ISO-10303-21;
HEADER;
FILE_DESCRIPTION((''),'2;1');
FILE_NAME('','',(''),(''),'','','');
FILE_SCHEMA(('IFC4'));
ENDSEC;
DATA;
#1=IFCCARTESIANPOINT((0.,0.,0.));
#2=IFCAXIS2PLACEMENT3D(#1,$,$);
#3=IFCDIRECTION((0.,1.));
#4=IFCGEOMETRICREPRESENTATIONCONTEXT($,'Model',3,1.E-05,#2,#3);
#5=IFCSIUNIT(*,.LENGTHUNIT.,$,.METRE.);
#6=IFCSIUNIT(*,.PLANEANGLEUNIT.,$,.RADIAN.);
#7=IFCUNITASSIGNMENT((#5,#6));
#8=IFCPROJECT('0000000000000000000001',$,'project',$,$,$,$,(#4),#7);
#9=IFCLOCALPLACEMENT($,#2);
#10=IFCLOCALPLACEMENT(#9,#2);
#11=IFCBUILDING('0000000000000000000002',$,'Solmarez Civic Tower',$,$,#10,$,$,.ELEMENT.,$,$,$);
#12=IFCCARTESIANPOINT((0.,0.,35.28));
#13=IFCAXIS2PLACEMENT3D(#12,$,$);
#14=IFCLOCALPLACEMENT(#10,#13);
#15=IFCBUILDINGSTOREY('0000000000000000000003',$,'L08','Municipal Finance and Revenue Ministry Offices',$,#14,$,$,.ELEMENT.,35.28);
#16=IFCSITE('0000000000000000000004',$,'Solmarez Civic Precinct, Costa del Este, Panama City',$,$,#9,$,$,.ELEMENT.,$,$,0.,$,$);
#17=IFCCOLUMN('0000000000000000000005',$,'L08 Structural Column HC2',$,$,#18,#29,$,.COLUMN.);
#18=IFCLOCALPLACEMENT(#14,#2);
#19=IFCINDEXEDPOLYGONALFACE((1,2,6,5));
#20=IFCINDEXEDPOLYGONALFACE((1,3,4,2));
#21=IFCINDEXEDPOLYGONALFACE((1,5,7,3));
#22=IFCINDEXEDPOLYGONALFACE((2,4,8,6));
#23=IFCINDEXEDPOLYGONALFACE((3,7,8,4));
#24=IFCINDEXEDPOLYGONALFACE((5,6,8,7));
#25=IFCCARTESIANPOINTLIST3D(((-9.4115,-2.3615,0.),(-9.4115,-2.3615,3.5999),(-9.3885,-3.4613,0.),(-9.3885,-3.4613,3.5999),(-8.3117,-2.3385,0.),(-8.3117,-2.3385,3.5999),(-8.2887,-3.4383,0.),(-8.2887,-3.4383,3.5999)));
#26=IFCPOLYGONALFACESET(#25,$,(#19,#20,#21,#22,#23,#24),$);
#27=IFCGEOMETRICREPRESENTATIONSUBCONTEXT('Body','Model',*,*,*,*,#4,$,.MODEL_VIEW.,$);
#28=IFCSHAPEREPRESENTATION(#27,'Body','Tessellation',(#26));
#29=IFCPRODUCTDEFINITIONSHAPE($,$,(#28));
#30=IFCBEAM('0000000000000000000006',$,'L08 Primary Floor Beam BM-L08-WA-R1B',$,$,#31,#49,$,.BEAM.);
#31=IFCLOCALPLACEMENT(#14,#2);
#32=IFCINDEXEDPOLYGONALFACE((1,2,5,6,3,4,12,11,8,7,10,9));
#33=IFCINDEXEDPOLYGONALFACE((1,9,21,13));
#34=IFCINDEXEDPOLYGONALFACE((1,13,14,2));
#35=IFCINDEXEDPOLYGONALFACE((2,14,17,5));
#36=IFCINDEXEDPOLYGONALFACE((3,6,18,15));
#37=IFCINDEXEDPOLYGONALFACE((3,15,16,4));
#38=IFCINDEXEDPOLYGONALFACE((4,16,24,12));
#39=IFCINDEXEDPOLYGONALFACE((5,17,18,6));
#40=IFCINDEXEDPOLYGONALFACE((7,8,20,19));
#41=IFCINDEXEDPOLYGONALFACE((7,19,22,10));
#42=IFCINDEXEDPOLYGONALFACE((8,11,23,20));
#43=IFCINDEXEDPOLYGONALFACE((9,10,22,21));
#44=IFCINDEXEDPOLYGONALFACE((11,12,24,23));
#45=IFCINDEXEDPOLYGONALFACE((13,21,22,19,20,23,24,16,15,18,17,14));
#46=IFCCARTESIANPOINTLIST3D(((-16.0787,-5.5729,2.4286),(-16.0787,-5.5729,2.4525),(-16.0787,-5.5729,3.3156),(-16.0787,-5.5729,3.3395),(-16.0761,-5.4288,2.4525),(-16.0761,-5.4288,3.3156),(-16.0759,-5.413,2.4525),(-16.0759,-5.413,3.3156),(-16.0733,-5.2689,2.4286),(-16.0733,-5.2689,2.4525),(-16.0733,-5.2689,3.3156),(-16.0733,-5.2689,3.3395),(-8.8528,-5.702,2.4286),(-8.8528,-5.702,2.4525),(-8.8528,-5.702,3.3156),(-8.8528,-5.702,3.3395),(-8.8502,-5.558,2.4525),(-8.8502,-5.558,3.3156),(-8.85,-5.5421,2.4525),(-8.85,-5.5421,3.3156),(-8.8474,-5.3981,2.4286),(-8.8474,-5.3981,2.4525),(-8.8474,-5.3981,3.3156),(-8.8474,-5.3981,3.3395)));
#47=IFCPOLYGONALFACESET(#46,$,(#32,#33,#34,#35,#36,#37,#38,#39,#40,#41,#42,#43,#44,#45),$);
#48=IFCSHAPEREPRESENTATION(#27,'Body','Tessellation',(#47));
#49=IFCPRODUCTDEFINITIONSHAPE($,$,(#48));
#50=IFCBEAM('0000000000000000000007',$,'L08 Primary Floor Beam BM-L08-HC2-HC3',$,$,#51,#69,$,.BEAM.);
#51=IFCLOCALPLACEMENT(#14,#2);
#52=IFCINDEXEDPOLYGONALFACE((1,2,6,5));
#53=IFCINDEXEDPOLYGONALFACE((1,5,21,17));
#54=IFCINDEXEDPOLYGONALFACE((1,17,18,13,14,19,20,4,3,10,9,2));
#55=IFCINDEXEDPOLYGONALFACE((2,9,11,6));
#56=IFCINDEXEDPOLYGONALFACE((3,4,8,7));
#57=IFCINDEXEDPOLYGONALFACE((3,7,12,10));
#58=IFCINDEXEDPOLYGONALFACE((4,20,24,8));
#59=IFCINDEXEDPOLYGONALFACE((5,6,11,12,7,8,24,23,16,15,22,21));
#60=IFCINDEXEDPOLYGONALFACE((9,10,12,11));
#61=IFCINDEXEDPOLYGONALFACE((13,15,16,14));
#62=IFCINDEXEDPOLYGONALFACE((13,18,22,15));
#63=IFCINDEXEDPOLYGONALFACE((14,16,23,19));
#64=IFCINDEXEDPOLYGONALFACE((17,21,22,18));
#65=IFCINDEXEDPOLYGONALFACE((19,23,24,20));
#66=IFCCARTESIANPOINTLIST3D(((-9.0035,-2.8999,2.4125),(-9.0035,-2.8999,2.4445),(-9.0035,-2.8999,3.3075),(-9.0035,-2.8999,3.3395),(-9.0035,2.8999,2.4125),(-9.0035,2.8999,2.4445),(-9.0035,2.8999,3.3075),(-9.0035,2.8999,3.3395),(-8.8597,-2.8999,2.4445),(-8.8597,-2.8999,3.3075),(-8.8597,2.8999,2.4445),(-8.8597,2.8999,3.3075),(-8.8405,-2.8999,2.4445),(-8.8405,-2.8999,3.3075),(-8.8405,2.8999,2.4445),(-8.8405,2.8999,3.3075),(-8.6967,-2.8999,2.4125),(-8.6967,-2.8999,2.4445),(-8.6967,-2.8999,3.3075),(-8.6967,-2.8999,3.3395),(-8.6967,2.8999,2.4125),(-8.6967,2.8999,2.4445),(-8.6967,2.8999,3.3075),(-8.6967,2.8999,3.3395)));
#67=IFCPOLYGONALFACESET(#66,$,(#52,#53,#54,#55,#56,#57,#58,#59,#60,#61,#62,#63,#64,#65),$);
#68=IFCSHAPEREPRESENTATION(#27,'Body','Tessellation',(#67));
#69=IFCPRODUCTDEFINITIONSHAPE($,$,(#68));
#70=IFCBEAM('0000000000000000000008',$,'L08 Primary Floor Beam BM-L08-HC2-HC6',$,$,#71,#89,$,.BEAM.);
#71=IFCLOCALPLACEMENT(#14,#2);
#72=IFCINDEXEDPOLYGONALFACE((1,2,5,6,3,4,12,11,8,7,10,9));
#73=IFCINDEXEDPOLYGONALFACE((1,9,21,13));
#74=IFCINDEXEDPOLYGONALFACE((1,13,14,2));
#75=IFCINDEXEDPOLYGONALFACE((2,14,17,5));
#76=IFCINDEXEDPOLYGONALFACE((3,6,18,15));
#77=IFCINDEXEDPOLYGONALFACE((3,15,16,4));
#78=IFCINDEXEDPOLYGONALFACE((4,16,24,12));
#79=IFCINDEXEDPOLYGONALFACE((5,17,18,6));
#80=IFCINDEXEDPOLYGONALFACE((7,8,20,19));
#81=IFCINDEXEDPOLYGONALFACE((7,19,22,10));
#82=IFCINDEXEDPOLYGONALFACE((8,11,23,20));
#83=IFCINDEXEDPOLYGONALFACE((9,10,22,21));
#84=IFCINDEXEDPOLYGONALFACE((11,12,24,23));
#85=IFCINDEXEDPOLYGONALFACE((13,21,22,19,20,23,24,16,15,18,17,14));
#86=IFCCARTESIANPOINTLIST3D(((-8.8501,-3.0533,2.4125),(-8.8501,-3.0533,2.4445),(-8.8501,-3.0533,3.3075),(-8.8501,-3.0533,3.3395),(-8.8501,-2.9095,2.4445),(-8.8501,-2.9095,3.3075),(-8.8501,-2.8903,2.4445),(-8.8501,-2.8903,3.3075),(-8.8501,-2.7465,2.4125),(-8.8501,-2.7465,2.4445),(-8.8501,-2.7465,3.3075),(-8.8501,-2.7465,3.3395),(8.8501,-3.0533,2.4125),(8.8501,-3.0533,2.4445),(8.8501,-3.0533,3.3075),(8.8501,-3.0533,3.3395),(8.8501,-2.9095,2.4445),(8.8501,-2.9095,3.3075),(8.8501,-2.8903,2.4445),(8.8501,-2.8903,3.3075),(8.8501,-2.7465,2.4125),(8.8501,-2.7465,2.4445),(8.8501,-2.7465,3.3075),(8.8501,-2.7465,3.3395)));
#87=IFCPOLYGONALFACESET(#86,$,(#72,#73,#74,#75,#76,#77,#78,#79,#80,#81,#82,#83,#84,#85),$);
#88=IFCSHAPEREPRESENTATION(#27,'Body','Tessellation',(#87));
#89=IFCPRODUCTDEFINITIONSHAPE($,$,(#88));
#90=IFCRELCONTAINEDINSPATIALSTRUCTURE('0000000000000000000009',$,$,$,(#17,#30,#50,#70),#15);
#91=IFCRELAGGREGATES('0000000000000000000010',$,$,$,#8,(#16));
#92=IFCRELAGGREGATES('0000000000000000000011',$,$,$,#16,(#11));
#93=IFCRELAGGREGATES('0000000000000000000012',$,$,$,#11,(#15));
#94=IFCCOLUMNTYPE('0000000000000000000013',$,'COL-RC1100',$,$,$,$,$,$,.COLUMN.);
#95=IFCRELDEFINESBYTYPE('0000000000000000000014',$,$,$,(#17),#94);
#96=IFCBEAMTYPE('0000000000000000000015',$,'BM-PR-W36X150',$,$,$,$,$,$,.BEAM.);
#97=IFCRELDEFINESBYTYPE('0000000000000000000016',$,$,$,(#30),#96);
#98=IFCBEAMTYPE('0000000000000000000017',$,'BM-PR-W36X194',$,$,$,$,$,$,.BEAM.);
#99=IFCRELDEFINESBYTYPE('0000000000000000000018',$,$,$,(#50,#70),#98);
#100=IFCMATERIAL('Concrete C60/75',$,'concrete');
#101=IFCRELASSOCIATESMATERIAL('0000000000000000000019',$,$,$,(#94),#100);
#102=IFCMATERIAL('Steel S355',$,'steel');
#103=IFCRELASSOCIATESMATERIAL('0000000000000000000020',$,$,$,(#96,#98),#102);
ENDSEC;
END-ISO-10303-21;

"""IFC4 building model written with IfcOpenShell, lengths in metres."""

from ifc_helpers import new_model, si_unit, direction, frame, origin, origin_2d, place, context, subcontext, project, spatial, rectangle, i_section, extrude, material, material_profile, profile_set, type_object, element, save


model = new_model("IFC4")

# Units and contexts
model_context = context("Model", 3, precision=1e-05, world=origin(), true_north=direction((0.0, 1.0)))
body_context = subcontext(model_context, "Body", "Model", "MODEL_VIEW")
ifc_project = project(units=[si_unit("LENGTHUNIT", "METRE"), si_unit("PLANEANGLEUNIT", "RADIAN")], contexts=[model_context])

# Site, building, storey
site_placement = place(None, origin())
site = spatial("IfcSite", under=ifc_project, at=site_placement, Name="Solmarez Civic Precinct, Costa del Este, Panama City", CompositionType="ELEMENT", RefElevation=0.0)
building_placement = place(site_placement, origin())
building = spatial("IfcBuilding", under=site, at=building_placement, Name="Solmarez Civic Tower", CompositionType="ELEMENT")
storey_placement = place(building_placement, frame((0.0, 0.0, 35.28)))
storey = spatial("IfcBuildingStorey", under=building, at=storey_placement, Name="L08", Description="Municipal Finance and Revenue Ministry Offices", CompositionType="ELEMENT", Elevation=35.28)

# Column
ifc_material_1 = material(Name="Concrete C60/75", Category="concrete")
ifc_material_profile_1 = material_profile(ifc_material_1, rectangle(XDim=1.1001, YDim=1.1001, at=origin_2d()), Name="RC1100X1100")
ifc_profile_set_1 = profile_set([ifc_material_profile_1], Name="Concrete C60/75")
column_type = type_object("IfcColumnType", Name="COL-RC1100", PredefinedType="COLUMN", material=ifc_profile_set_1)
column_placement = place(storey_placement, frame((-8.8501, -2.8999, 0.0), z_axis=(0.0, 0.0, 1.0), x_axis=(0.999781, 0.020942, 0.0)))
element("IfcColumn", 1, at=column_placement, inside=storey, type_object=column_type, Name="L08 Structural Column HC2", PredefinedType="COLUMN", context=body_context, shape_type="SweptSolid", body=[
    extrude(rectangle(XDim=1.1001, YDim=1.1001, at=origin_2d()), origin(), (0.0, 0.0, 1.0), 3.5999),
])

# Beams
ifc_material_2 = material(Name="Steel S355", Category="steel")
ifc_material_profile_2 = material_profile(ifc_material_2, i_section(OverallWidth=0.304, OverallDepth=0.9109, WebThickness=0.0159, FlangeThickness=0.0239, at=origin_2d()), Name="W36X150")
ifc_profile_set_2 = profile_set([ifc_material_profile_2], Name="Steel S355")
beam_type_1 = type_object("IfcBeamType", Name="BM-PR-W36X150", PredefinedType="BEAM", material=ifc_profile_set_2)
beam_1_placement = place(storey_placement, frame((-8.8501, -5.55, 2.884), z_axis=(-0.99984, 0.017871, 0.0), x_axis=(-0.017871, -0.99984, 0.0)))
element("IfcBeam", 2, at=beam_1_placement, inside=storey, type_object=beam_type_1, Name="L08 Primary Floor Beam BM-L08-WA-R1B", PredefinedType="BEAM", context=body_context, shape_type="SweptSolid", body=[
    extrude(i_section(OverallWidth=0.304, OverallDepth=0.9109, WebThickness=0.0159, FlangeThickness=0.0239, at=origin_2d()), origin(), (0.0, 0.0, 1.0), 7.2271),
])
ifc_material_profile_3 = material_profile(ifc_material_2, i_section(OverallWidth=0.3069, OverallDepth=0.927, WebThickness=0.0193, FlangeThickness=0.032, at=origin_2d()), Name="W36X194")
ifc_profile_set_3 = profile_set([ifc_material_profile_3], Name="Steel S355")
beam_type_2 = type_object("IfcBeamType", Name="BM-PR-W36X194", PredefinedType="BEAM", material=ifc_profile_set_3)
beam_2_placement = place(storey_placement, frame((-8.8501, -2.8999, 2.876), z_axis=(0.0, 1.0, 0.0), x_axis=(-1.0, 0.0, 0.0)))
element("IfcBeam", 3, at=beam_2_placement, inside=storey, type_object=beam_type_2, Name="L08 Primary Floor Beam BM-L08-HC2-HC3", PredefinedType="BEAM", context=body_context, shape_type="SweptSolid", body=[
    extrude(i_section(OverallWidth=0.3069, OverallDepth=0.927, WebThickness=0.0193, FlangeThickness=0.032, at=origin_2d()), origin(), (0.0, 0.0, 1.0), 5.7998),
])
beam_3_placement = place(storey_placement, frame((-8.8501, -2.8999, 2.876), z_axis=(1.0, 0.0, 0.0), x_axis=(0.0, 1.0, 0.0)))
element("IfcBeam", 4, at=beam_3_placement, inside=storey, type_object=beam_type_2, Name="L08 Primary Floor Beam BM-L08-HC2-HC6", PredefinedType="BEAM", context=body_context, shape_type="SweptSolid", body=[
    extrude(i_section(OverallWidth=0.3069, OverallDepth=0.927, WebThickness=0.0193, FlangeThickness=0.032, at=origin_2d()), origin(), (0.0, 0.0, 1.0), 17.7002),
])

save(model, "model.ifc")
